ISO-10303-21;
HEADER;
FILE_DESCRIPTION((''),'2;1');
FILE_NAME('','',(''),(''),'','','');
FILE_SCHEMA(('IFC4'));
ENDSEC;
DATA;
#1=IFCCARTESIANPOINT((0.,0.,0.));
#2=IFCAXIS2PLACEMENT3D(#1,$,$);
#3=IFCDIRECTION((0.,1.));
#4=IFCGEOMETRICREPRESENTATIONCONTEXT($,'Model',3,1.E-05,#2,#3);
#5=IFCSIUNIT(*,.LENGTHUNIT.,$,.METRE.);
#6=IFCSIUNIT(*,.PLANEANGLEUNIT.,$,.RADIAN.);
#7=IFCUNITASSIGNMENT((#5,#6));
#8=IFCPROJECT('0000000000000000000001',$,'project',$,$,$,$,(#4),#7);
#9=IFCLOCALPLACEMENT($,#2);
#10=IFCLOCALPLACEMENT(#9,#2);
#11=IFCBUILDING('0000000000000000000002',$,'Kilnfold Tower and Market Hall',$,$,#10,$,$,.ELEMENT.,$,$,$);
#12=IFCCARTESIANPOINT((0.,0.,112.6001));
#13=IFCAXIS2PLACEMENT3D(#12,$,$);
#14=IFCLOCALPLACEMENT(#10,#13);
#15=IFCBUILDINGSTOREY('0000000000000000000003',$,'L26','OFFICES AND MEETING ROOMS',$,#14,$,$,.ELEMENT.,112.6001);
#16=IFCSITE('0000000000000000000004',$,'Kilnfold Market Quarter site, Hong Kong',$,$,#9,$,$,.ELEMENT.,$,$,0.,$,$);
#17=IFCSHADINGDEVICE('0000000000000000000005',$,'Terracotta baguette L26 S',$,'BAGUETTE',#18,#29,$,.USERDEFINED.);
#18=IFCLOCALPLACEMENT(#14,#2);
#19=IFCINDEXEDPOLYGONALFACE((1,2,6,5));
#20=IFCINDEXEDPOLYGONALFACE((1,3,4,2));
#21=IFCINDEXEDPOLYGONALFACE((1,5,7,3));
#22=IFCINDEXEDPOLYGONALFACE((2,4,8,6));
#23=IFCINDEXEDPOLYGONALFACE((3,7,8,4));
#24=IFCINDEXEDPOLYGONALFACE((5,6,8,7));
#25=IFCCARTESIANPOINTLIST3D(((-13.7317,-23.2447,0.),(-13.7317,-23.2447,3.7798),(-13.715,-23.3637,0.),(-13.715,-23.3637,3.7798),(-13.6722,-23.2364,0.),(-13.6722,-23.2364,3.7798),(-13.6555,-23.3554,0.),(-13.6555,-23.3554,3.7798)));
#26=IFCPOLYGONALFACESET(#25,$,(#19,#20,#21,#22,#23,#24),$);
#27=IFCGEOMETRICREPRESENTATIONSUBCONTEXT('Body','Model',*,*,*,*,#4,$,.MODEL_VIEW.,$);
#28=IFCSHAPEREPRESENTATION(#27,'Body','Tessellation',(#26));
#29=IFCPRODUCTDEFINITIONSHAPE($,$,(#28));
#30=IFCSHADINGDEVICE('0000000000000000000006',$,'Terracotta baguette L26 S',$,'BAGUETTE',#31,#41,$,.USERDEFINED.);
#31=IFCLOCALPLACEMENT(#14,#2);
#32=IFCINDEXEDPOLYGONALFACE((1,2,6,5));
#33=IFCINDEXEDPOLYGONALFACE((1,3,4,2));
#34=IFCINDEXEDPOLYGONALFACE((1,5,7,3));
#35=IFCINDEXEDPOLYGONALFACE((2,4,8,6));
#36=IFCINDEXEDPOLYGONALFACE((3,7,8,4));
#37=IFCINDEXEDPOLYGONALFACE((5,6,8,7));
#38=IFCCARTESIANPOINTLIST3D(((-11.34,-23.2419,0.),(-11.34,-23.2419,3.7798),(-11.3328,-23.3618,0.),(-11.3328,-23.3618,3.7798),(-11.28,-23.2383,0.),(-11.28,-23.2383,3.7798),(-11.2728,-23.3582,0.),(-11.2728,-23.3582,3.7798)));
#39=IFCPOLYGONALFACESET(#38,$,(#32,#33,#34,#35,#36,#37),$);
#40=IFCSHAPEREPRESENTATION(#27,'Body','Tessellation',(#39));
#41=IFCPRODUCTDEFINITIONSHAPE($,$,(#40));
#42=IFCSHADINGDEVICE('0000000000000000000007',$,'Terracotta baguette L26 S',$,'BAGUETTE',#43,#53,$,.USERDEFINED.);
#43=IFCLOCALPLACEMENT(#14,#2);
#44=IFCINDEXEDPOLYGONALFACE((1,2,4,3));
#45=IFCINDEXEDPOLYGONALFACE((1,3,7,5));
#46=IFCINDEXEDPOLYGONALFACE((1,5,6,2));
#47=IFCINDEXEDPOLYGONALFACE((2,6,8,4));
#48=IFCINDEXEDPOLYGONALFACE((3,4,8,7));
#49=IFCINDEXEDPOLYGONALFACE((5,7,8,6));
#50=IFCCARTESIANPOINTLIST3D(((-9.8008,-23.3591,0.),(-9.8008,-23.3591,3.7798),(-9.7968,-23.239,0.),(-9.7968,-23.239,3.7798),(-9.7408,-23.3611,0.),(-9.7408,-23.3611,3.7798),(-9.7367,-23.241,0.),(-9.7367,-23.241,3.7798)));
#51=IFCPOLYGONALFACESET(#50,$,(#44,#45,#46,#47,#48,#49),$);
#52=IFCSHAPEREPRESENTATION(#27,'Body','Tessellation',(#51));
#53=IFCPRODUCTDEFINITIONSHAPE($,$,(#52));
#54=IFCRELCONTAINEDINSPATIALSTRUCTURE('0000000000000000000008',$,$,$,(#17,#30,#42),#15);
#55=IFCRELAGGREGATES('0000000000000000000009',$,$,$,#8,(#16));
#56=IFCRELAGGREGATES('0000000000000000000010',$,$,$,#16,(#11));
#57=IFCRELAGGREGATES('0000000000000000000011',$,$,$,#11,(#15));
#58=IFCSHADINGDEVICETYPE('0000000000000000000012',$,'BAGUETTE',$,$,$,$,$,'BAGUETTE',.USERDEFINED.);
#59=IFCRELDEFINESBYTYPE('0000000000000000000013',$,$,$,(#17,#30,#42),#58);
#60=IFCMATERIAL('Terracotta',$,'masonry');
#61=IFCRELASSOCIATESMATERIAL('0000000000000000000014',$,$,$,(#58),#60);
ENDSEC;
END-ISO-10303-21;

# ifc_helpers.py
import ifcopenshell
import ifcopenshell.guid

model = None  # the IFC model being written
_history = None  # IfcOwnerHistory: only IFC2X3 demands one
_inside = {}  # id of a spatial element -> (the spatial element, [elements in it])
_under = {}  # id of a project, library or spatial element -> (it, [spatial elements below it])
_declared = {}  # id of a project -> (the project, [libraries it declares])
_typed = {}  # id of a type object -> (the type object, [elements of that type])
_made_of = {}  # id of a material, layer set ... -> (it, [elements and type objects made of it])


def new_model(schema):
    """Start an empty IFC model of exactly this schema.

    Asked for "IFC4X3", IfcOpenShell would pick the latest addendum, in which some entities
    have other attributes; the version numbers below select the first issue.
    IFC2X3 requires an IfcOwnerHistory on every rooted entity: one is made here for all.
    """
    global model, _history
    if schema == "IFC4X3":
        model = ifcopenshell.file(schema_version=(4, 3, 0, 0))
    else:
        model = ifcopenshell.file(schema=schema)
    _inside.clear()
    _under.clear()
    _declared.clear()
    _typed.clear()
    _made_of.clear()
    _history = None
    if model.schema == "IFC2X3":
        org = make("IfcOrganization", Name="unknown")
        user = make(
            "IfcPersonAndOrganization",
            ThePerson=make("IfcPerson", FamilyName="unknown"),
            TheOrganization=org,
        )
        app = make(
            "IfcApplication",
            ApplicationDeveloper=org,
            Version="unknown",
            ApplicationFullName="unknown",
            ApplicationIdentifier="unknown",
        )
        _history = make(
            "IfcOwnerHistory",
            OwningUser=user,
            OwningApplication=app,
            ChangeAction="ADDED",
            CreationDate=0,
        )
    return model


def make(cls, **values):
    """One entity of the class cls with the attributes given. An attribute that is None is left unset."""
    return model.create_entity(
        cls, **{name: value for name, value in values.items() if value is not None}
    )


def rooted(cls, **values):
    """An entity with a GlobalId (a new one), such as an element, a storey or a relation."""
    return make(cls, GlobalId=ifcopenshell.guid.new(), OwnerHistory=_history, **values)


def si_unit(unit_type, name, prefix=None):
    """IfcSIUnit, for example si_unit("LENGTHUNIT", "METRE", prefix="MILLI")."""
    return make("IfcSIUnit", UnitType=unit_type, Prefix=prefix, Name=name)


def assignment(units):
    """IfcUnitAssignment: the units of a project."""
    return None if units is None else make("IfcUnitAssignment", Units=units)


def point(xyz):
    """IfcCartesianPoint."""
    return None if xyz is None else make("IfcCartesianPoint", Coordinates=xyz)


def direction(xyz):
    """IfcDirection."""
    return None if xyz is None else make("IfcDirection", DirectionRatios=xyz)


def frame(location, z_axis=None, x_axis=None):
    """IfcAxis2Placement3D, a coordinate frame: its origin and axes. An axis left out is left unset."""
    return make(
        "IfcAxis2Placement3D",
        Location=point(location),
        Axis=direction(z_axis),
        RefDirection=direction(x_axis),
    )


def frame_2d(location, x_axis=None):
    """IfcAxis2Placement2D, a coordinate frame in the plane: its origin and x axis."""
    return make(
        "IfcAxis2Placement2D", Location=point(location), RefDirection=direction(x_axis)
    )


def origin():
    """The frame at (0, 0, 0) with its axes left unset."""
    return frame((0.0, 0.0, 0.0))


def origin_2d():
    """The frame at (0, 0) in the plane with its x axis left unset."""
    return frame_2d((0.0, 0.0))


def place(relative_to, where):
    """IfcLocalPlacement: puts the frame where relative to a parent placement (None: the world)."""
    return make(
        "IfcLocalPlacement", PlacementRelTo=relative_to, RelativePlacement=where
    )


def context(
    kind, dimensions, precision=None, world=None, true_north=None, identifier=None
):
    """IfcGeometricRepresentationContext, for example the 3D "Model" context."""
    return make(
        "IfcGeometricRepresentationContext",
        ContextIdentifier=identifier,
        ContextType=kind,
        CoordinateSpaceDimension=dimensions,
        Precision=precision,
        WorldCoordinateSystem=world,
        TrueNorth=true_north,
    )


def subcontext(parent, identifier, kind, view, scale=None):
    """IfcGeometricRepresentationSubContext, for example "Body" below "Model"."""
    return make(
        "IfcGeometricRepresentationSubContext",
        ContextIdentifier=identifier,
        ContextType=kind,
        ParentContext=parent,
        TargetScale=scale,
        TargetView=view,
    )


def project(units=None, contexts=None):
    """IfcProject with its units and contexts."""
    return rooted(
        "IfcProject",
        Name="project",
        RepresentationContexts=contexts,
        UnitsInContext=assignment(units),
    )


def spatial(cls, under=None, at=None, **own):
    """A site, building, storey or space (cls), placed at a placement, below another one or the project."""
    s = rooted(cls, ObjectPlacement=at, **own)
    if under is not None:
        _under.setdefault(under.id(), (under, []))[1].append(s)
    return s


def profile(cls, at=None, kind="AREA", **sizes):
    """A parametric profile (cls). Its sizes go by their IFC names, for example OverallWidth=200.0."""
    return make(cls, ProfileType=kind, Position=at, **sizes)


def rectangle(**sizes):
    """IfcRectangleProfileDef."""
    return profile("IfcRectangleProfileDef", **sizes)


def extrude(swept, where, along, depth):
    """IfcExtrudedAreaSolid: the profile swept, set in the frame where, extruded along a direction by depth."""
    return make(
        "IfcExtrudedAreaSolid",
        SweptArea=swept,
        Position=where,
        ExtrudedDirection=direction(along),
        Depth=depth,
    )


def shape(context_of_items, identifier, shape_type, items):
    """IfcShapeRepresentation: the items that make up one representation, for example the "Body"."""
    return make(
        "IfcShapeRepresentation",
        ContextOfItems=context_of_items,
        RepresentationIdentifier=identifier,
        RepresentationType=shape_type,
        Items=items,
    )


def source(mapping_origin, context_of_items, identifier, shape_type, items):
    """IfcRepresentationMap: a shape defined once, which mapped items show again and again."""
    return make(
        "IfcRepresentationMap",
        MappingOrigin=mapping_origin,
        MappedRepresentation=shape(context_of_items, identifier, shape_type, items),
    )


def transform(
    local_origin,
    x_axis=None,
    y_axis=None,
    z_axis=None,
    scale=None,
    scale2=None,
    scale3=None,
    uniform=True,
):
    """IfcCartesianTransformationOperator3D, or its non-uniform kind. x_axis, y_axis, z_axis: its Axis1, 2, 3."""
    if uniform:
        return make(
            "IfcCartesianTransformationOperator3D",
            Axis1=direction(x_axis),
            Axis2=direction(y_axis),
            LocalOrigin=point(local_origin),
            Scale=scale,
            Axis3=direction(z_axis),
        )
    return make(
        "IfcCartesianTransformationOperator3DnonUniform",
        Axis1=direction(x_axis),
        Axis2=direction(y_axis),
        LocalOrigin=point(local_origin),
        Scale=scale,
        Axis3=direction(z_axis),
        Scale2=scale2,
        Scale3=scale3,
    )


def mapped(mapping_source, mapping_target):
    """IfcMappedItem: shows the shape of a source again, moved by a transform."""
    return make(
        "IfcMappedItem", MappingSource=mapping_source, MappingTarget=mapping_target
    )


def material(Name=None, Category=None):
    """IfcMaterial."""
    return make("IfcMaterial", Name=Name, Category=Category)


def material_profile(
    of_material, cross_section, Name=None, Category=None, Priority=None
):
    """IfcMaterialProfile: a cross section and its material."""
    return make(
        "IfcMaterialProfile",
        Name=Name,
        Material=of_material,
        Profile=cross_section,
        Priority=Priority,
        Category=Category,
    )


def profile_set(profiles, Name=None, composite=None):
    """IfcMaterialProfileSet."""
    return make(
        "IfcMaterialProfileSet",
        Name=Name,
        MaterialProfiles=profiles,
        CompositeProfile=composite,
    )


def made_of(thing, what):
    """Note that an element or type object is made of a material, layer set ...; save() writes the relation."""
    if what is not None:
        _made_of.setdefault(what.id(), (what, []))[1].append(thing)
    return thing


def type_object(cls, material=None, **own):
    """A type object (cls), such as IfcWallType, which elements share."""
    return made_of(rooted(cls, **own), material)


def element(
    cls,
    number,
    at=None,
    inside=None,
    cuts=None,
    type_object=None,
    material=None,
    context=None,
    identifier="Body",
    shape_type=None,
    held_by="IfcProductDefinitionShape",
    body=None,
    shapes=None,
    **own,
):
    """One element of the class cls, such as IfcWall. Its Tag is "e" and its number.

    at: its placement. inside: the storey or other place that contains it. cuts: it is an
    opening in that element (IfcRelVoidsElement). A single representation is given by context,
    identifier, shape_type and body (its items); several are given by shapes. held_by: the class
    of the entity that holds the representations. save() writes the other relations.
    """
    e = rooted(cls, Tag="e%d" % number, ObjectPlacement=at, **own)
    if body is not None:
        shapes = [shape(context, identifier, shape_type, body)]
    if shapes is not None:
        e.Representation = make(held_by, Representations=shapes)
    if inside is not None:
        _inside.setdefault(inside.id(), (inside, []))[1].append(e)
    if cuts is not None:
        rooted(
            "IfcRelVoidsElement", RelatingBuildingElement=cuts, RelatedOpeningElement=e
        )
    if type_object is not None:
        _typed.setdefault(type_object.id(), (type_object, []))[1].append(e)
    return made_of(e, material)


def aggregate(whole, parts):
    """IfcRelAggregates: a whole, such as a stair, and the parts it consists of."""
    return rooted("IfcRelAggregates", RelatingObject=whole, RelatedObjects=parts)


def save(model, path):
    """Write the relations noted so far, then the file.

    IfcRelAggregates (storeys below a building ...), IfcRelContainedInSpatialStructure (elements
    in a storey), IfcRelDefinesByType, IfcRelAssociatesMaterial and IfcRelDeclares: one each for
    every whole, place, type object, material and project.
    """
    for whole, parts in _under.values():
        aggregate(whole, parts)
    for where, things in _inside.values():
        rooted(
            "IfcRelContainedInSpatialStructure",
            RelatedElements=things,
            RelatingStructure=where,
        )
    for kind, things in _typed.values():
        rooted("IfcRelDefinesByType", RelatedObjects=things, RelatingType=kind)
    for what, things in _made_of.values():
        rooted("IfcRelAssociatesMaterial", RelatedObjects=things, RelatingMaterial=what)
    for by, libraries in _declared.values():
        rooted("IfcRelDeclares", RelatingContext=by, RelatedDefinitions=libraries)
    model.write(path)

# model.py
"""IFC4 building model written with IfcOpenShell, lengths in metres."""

from ifc_helpers import new_model, si_unit, direction, frame, origin, origin_2d, place, context, subcontext, project, spatial, rectangle, extrude, source, transform, mapped, material, material_profile, profile_set, type_object, element, save


model = new_model("IFC4")

# Units and contexts
model_context = context("Model", 3, precision=1e-05, world=origin(), true_north=direction((0.0, 1.0)))
body_context = subcontext(model_context, "Body", "Model", "MODEL_VIEW")
ifc_project = project(units=[si_unit("LENGTHUNIT", "METRE"), si_unit("PLANEANGLEUNIT", "RADIAN")], contexts=[model_context])

# Site, building, storey
site_placement = place(None, origin())
site = spatial("IfcSite", under=ifc_project, at=site_placement, Name="Kilnfold Market Quarter site, Hong Kong", CompositionType="ELEMENT", RefElevation=0.0)
building_placement = place(site_placement, origin())
building = spatial("IfcBuilding", under=site, at=building_placement, Name="Kilnfold Tower and Market Hall", CompositionType="ELEMENT")
storey_placement = place(building_placement, frame((0.0, 0.0, 112.6001)))
storey = spatial("IfcBuildingStorey", under=building, at=storey_placement, Name="L26", Description="OFFICES AND MEETING ROOMS", CompositionType="ELEMENT", Elevation=112.6001)

# Shading devices
ifc_material_1 = material(Name="Terracotta", Category="masonry")
ifc_material_profile_1 = material_profile(ifc_material_1, rectangle(XDim=0.0601, YDim=0.1201, at=origin_2d()), Name="BAG 60x120")
ifc_profile_set_1 = profile_set([ifc_material_profile_1], Name="Terracotta")
shading_device_type = type_object("IfcShadingDeviceType", Name="BAGUETTE", ElementType="BAGUETTE", PredefinedType="USERDEFINED", material=ifc_profile_set_1)
shared_shape_1 = source(origin(), body_context, "Body", "SweptSolid", [
    extrude(rectangle(XDim=0.0601, YDim=0.1201, at=origin_2d()), origin(), (0.0, 0.0, 1.0), 3.7798),
])
for number, where, z_axis, x_axis, name in (
    (1, (-13.6936, -23.3, 0.0), (0.0, 0.0, 1.0), (0.990297, 0.138966, 0.0), "Terracotta baguette L26 S"),
    (2, (-11.3064, -23.3, 0.0), (0.0, 0.0, 1.0), (0.998199, 0.059995, 0.0), "Terracotta baguette L26 S"),
    (3, (-9.7688, -23.3, 0.0), (0.0, 0.0, 1.0), (0.999424, -0.033942, 0.0), "Terracotta baguette L26 S"),
):
    element("IfcShadingDevice", number, at=place(storey_placement, frame(where, z_axis=z_axis, x_axis=x_axis)), inside=storey, type_object=shading_device_type, Name=name, ObjectType="BAGUETTE", PredefinedType="USERDEFINED", context=body_context, shape_type="MappedRepresentation", body=[
        mapped(shared_shape_1, transform((0.0, 0.0, 0.0))),
    ])

save(model, "model.ifc")
